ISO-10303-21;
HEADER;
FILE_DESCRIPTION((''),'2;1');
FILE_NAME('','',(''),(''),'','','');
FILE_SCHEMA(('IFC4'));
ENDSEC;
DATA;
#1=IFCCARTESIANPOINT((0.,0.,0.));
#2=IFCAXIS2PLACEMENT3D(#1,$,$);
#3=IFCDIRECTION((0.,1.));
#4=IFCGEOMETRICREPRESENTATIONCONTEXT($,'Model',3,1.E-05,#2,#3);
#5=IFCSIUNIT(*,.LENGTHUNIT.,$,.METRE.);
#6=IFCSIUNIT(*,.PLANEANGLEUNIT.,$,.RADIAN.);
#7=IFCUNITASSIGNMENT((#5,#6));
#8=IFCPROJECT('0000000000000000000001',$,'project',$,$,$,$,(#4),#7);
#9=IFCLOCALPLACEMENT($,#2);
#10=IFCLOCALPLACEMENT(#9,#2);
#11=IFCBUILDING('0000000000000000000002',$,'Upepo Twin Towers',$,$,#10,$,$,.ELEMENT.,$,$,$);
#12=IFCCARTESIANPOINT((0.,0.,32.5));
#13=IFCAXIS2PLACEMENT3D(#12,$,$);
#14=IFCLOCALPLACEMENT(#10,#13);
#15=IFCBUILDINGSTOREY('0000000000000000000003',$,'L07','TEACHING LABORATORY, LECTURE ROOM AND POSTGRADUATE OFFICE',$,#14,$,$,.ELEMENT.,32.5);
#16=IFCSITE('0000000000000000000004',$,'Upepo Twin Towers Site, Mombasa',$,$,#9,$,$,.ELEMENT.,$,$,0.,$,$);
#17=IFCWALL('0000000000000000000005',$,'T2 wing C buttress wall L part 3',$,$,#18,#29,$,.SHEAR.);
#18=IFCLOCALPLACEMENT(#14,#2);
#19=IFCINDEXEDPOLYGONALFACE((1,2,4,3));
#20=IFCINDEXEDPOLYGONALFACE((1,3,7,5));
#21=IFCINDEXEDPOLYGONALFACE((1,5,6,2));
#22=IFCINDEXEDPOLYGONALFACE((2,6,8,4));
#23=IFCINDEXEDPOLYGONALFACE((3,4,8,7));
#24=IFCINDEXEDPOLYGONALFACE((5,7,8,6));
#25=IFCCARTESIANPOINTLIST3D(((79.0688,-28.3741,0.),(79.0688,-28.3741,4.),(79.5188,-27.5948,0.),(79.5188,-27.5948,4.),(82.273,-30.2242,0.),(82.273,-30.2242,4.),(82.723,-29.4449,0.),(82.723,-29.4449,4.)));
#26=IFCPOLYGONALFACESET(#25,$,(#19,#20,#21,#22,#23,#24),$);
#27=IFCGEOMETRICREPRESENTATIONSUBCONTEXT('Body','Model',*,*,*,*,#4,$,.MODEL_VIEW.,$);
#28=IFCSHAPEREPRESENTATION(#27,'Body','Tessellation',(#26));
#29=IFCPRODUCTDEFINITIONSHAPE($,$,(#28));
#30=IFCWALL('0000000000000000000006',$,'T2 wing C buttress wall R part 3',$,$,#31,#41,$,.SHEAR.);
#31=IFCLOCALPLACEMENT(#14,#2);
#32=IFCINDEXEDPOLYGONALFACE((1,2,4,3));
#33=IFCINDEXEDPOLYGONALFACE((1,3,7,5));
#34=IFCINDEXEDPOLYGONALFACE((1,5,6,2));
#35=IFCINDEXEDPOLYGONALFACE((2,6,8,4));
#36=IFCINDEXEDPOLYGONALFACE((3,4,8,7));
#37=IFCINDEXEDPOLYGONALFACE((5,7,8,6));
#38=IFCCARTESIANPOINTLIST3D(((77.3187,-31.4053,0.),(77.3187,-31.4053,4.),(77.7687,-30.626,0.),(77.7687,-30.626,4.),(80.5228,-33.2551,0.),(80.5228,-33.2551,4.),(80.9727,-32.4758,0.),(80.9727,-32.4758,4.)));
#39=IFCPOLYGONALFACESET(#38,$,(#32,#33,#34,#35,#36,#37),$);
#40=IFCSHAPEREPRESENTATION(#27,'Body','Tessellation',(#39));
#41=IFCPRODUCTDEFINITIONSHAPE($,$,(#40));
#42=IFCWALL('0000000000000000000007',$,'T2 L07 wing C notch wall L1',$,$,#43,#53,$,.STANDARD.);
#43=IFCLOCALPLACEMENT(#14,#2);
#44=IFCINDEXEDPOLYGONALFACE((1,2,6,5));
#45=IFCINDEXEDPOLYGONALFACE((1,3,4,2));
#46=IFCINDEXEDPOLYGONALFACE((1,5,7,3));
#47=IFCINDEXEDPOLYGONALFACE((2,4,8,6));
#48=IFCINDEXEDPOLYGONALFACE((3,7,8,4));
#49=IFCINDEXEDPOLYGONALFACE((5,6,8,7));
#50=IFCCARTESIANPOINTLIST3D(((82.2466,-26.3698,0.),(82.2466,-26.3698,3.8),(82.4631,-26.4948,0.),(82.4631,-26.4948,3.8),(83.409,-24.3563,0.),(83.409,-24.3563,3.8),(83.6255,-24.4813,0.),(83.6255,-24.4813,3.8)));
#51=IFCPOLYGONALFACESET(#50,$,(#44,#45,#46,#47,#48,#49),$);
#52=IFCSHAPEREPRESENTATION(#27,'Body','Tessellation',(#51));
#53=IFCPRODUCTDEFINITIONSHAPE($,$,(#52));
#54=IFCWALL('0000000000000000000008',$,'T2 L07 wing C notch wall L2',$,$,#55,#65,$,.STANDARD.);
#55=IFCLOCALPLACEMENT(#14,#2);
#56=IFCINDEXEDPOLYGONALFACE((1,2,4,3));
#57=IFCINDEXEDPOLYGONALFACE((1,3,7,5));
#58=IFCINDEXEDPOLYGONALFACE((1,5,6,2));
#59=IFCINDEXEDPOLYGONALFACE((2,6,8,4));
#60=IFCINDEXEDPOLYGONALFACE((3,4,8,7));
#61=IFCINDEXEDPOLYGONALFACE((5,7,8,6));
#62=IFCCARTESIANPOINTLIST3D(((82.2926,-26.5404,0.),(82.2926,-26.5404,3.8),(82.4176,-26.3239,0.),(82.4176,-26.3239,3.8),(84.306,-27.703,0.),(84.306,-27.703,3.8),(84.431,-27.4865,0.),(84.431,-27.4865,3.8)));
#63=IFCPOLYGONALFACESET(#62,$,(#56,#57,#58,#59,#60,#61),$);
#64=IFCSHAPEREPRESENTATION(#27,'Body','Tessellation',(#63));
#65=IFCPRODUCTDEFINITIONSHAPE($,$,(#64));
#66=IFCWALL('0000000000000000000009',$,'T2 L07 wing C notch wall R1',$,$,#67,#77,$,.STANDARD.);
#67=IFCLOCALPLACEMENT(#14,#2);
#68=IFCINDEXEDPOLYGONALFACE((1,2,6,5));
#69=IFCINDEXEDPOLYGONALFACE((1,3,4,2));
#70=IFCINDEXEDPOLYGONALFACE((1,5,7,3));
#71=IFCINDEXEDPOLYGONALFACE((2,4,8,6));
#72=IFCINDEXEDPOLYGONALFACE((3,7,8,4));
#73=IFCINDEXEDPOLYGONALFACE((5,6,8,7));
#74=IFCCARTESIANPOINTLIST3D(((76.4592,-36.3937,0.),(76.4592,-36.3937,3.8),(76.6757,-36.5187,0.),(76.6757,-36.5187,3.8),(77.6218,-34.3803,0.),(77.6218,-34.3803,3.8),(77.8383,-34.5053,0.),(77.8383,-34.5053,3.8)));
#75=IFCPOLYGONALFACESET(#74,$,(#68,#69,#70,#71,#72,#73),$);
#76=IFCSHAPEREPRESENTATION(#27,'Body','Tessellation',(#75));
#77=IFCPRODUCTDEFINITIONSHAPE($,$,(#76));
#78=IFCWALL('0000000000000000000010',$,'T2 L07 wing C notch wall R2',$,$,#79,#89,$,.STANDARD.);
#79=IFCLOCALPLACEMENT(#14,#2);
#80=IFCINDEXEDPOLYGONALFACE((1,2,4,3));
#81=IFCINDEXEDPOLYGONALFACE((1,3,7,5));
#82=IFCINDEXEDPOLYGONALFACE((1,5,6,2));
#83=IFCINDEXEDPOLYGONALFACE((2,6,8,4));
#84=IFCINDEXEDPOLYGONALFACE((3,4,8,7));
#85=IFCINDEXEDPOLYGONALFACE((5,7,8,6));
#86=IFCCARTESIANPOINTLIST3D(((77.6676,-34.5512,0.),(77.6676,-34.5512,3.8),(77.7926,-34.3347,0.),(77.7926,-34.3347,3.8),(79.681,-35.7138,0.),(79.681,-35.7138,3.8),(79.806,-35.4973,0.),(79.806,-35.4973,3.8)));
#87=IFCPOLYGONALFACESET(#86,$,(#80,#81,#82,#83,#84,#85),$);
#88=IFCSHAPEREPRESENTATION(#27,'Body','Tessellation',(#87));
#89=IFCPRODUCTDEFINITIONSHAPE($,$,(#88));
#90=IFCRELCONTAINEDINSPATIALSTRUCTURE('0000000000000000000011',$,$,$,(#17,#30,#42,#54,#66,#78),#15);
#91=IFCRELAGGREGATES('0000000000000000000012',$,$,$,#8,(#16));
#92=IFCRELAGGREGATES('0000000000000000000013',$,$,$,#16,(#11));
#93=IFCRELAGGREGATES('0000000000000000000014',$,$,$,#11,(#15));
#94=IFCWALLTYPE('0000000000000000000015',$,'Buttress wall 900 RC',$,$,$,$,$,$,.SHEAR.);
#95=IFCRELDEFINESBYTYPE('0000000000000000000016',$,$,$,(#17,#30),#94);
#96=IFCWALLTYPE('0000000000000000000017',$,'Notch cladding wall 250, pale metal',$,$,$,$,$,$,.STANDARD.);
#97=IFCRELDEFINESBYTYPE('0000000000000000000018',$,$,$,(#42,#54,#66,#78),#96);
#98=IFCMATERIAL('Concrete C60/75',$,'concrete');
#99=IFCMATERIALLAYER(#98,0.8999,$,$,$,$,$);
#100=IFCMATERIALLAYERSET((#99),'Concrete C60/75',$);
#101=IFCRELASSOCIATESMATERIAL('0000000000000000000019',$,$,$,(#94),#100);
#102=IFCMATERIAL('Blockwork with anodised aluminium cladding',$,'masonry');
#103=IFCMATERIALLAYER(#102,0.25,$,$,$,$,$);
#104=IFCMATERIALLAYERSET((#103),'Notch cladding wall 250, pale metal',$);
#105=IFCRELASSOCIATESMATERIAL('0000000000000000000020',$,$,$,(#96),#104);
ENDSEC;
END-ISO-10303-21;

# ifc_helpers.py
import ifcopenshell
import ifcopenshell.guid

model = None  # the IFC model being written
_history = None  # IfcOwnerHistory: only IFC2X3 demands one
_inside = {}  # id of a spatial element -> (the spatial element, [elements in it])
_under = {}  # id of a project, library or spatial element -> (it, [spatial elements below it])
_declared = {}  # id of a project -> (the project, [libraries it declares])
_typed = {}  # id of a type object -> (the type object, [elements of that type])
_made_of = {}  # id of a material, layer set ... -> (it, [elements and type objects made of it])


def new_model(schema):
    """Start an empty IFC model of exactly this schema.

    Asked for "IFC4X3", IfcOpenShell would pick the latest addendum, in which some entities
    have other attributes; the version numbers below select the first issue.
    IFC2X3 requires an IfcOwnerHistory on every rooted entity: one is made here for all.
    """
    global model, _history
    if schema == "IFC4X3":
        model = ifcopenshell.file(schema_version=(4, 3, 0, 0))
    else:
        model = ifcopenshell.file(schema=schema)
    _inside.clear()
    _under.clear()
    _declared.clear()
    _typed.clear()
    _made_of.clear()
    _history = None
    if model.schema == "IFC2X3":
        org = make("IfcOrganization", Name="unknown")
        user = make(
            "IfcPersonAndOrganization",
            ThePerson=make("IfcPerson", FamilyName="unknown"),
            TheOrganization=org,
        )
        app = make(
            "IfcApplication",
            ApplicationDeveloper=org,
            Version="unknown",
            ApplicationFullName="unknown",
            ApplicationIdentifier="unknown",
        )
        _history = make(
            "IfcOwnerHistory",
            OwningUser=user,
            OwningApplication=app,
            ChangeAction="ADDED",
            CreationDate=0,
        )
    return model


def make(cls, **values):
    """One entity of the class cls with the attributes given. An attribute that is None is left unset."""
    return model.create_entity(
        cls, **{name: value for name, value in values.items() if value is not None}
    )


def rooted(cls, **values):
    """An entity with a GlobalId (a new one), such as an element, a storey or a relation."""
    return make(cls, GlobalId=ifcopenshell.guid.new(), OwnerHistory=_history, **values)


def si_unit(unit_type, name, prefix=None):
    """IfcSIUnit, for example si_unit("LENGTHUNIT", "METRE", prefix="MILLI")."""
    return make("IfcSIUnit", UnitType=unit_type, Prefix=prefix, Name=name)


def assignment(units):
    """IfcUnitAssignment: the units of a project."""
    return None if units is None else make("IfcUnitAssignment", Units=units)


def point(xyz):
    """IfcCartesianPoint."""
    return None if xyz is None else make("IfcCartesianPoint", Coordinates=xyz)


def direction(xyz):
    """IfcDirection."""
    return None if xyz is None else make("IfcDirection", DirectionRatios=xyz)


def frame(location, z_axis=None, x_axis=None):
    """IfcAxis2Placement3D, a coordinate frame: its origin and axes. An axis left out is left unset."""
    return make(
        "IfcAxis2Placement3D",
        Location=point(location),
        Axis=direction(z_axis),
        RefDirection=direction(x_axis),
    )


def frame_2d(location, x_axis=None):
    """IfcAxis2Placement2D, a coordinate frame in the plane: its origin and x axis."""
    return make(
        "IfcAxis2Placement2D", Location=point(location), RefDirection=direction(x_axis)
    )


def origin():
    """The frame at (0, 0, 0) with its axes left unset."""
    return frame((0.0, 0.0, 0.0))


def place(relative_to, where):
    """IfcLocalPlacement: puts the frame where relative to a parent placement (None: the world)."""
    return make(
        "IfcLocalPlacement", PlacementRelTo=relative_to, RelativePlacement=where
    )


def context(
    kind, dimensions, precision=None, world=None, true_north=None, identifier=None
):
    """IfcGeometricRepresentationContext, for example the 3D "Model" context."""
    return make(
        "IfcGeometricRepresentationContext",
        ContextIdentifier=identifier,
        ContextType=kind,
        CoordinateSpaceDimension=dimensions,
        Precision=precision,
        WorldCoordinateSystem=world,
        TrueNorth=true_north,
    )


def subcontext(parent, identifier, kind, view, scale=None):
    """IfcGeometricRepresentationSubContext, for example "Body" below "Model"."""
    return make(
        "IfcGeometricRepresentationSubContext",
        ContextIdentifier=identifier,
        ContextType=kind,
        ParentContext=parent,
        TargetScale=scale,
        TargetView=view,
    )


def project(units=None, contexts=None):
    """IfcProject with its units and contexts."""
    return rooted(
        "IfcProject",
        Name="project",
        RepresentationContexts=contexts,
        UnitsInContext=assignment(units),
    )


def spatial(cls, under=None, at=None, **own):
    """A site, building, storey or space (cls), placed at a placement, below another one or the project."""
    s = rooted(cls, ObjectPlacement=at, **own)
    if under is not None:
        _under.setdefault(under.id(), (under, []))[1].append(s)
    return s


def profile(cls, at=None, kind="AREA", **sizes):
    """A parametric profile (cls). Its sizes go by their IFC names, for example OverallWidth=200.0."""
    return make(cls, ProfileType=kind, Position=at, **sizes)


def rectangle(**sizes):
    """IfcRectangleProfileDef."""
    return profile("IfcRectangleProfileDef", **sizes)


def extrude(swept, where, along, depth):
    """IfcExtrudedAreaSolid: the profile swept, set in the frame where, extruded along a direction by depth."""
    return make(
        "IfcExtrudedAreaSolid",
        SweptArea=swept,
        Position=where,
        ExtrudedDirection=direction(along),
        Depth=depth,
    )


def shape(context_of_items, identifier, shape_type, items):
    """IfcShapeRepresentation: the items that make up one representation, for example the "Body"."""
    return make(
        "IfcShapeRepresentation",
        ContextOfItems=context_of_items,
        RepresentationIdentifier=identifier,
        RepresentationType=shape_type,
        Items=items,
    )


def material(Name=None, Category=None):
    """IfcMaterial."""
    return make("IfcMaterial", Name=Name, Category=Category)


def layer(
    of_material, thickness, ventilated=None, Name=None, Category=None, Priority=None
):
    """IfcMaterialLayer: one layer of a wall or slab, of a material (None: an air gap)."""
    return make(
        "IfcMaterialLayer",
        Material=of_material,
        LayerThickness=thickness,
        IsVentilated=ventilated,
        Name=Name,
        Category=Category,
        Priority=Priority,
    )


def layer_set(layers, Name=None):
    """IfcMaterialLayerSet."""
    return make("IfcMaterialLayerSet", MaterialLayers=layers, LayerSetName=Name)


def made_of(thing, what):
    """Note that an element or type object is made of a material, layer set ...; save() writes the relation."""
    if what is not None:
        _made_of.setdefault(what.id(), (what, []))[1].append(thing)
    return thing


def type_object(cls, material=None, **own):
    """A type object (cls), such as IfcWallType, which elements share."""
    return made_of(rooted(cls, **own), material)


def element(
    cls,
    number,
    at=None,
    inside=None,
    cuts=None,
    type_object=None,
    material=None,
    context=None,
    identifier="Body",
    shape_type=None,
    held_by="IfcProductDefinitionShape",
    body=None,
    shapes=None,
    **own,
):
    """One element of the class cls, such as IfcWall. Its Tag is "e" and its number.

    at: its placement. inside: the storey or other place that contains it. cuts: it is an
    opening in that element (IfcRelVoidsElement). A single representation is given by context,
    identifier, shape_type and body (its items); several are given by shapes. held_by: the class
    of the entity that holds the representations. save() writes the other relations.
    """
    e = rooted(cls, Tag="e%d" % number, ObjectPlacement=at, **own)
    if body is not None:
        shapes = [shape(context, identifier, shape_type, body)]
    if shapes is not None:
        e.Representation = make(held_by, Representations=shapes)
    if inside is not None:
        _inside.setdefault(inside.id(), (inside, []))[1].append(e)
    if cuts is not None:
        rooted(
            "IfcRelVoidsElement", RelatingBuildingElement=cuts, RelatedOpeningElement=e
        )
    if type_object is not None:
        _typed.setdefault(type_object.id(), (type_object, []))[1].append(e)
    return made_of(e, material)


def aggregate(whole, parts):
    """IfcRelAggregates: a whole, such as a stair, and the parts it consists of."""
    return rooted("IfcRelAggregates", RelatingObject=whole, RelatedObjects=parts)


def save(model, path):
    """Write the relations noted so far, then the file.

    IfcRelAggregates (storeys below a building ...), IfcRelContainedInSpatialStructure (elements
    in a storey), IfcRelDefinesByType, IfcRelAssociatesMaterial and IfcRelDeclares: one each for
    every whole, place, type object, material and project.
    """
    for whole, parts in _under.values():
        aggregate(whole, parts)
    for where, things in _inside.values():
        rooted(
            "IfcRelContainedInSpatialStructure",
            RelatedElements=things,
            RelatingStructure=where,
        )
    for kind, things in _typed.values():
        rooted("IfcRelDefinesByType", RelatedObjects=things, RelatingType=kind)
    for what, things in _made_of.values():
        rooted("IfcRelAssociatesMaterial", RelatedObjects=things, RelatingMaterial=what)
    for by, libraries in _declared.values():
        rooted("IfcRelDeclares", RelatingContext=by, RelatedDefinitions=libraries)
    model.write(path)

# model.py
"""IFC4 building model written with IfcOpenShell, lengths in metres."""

from ifc_helpers import new_model, si_unit, direction, frame, frame_2d, origin, place, context, subcontext, project, spatial, rectangle, extrude, material, layer, layer_set, type_object, element, save


model = new_model("IFC4")

# Units and contexts
model_context = context("Model", 3, precision=1e-05, world=origin(), true_north=direction((0.0, 1.0)))
body_context = subcontext(model_context, "Body", "Model", "MODEL_VIEW")
ifc_project = project(units=[si_unit("LENGTHUNIT", "METRE"), si_unit("PLANEANGLEUNIT", "RADIAN")], contexts=[model_context])

# Site, building, storey
site_placement = place(None, origin())
site = spatial("IfcSite", under=ifc_project, at=site_placement, Name="Upepo Twin Towers Site, Mombasa", CompositionType="ELEMENT", RefElevation=0.0)
building_placement = place(site_placement, origin())
building = spatial("IfcBuilding", under=site, at=building_placement, Name="Upepo Twin Towers", CompositionType="ELEMENT")
storey_placement = place(building_placement, frame((0.0, 0.0, 32.5)))
storey = spatial("IfcBuildingStorey", under=building, at=storey_placement, Name="L07", Description="TEACHING LABORATORY, LECTURE ROOM AND POSTGRADUATE OFFICE", CompositionType="ELEMENT", Elevation=32.5)

# Walls
ifc_material_1 = material(Name="Concrete C60/75", Category="concrete")
ifc_layer_1 = layer(ifc_material_1, 0.8999)
ifc_layer_set_1 = layer_set([ifc_layer_1], Name="Concrete C60/75")
wall_type_1 = type_object("IfcWallType", Name="Buttress wall 900 RC", PredefinedType="SHEAR", material=ifc_layer_set_1)
wall_1_placement = place(storey_placement, frame((79.2937, -27.9844, 0.0), z_axis=(0.0, 0.0, 1.0), x_axis=(0.866001, -0.500042, 0.0)))
element("IfcWall", 1, at=wall_1_placement, inside=storey, type_object=wall_type_1, Name="T2 wing C buttress wall L part 3", PredefinedType="SHEAR", context=body_context, shape_type="SweptSolid", body=[
    extrude(rectangle(XDim=3.7, YDim=0.8999, at=frame_2d((1.8501, 0.0))), origin(), (0.0, 0.0, 1.0), 4.0),
])
wall_2_placement = place(storey_placement, frame((77.5437, -31.0156, 0.0), z_axis=(0.0, 0.0, 1.0), x_axis=(0.86603, -0.499993, 0.0)))
element("IfcWall", 2, at=wall_2_placement, inside=storey, type_object=wall_type_1, Name="T2 wing C buttress wall R part 3", PredefinedType="SHEAR", context=body_context, shape_type="SweptSolid", body=[
    extrude(rectangle(XDim=3.6997, YDim=0.8999, at=frame_2d((1.8499, 0.0))), origin(), (0.0, 0.0, 1.0), 4.0),
])
ifc_material_2 = material(Name="Blockwork with anodised aluminium cladding", Category="masonry")
ifc_layer_2 = layer(ifc_material_2, 0.25)
ifc_layer_set_2 = layer_set([ifc_layer_2], Name="Notch cladding wall 250, pale metal")
wall_type_2 = type_object("IfcWallType", Name="Notch cladding wall 250, pale metal", PredefinedType="STANDARD", material=ifc_layer_set_2)
for number, where, z_axis, x_axis, name in (
    (3, (83.5173, -24.4187, 0.0), (0.0, 0.0, 1.0), (-0.499968, -0.866044, 0.0), "T2 L07 wing C notch wall L1"),
    (4, (82.355, -26.4321, 0.0), (0.0, 0.0, 1.0), (0.865998, -0.500047, 0.0), "T2 L07 wing C notch wall L2"),
    (5, (76.5674, -36.4563, 0.0), (0.0, 0.0, 1.0), (0.500047, 0.865998, 0.0), "T2 L07 wing C notch wall R1"),
    (6, (77.73, -34.4429, 0.0), (0.0, 0.0, 1.0), (0.865998, -0.500047, 0.0), "T2 L07 wing C notch wall R2"),
):
    element("IfcWall", number, at=place(storey_placement, frame(where, z_axis=z_axis, x_axis=x_axis)), inside=storey, type_object=wall_type_2, Name=name, PredefinedType="STANDARD", context=body_context, shape_type="SweptSolid", body=[
        extrude(rectangle(XDim=2.325, YDim=0.25, at=frame_2d((1.1626, 0.0))), origin(), (0.0, 0.0, 1.0), 3.8),
    ])

save(model, "model.ifc")
